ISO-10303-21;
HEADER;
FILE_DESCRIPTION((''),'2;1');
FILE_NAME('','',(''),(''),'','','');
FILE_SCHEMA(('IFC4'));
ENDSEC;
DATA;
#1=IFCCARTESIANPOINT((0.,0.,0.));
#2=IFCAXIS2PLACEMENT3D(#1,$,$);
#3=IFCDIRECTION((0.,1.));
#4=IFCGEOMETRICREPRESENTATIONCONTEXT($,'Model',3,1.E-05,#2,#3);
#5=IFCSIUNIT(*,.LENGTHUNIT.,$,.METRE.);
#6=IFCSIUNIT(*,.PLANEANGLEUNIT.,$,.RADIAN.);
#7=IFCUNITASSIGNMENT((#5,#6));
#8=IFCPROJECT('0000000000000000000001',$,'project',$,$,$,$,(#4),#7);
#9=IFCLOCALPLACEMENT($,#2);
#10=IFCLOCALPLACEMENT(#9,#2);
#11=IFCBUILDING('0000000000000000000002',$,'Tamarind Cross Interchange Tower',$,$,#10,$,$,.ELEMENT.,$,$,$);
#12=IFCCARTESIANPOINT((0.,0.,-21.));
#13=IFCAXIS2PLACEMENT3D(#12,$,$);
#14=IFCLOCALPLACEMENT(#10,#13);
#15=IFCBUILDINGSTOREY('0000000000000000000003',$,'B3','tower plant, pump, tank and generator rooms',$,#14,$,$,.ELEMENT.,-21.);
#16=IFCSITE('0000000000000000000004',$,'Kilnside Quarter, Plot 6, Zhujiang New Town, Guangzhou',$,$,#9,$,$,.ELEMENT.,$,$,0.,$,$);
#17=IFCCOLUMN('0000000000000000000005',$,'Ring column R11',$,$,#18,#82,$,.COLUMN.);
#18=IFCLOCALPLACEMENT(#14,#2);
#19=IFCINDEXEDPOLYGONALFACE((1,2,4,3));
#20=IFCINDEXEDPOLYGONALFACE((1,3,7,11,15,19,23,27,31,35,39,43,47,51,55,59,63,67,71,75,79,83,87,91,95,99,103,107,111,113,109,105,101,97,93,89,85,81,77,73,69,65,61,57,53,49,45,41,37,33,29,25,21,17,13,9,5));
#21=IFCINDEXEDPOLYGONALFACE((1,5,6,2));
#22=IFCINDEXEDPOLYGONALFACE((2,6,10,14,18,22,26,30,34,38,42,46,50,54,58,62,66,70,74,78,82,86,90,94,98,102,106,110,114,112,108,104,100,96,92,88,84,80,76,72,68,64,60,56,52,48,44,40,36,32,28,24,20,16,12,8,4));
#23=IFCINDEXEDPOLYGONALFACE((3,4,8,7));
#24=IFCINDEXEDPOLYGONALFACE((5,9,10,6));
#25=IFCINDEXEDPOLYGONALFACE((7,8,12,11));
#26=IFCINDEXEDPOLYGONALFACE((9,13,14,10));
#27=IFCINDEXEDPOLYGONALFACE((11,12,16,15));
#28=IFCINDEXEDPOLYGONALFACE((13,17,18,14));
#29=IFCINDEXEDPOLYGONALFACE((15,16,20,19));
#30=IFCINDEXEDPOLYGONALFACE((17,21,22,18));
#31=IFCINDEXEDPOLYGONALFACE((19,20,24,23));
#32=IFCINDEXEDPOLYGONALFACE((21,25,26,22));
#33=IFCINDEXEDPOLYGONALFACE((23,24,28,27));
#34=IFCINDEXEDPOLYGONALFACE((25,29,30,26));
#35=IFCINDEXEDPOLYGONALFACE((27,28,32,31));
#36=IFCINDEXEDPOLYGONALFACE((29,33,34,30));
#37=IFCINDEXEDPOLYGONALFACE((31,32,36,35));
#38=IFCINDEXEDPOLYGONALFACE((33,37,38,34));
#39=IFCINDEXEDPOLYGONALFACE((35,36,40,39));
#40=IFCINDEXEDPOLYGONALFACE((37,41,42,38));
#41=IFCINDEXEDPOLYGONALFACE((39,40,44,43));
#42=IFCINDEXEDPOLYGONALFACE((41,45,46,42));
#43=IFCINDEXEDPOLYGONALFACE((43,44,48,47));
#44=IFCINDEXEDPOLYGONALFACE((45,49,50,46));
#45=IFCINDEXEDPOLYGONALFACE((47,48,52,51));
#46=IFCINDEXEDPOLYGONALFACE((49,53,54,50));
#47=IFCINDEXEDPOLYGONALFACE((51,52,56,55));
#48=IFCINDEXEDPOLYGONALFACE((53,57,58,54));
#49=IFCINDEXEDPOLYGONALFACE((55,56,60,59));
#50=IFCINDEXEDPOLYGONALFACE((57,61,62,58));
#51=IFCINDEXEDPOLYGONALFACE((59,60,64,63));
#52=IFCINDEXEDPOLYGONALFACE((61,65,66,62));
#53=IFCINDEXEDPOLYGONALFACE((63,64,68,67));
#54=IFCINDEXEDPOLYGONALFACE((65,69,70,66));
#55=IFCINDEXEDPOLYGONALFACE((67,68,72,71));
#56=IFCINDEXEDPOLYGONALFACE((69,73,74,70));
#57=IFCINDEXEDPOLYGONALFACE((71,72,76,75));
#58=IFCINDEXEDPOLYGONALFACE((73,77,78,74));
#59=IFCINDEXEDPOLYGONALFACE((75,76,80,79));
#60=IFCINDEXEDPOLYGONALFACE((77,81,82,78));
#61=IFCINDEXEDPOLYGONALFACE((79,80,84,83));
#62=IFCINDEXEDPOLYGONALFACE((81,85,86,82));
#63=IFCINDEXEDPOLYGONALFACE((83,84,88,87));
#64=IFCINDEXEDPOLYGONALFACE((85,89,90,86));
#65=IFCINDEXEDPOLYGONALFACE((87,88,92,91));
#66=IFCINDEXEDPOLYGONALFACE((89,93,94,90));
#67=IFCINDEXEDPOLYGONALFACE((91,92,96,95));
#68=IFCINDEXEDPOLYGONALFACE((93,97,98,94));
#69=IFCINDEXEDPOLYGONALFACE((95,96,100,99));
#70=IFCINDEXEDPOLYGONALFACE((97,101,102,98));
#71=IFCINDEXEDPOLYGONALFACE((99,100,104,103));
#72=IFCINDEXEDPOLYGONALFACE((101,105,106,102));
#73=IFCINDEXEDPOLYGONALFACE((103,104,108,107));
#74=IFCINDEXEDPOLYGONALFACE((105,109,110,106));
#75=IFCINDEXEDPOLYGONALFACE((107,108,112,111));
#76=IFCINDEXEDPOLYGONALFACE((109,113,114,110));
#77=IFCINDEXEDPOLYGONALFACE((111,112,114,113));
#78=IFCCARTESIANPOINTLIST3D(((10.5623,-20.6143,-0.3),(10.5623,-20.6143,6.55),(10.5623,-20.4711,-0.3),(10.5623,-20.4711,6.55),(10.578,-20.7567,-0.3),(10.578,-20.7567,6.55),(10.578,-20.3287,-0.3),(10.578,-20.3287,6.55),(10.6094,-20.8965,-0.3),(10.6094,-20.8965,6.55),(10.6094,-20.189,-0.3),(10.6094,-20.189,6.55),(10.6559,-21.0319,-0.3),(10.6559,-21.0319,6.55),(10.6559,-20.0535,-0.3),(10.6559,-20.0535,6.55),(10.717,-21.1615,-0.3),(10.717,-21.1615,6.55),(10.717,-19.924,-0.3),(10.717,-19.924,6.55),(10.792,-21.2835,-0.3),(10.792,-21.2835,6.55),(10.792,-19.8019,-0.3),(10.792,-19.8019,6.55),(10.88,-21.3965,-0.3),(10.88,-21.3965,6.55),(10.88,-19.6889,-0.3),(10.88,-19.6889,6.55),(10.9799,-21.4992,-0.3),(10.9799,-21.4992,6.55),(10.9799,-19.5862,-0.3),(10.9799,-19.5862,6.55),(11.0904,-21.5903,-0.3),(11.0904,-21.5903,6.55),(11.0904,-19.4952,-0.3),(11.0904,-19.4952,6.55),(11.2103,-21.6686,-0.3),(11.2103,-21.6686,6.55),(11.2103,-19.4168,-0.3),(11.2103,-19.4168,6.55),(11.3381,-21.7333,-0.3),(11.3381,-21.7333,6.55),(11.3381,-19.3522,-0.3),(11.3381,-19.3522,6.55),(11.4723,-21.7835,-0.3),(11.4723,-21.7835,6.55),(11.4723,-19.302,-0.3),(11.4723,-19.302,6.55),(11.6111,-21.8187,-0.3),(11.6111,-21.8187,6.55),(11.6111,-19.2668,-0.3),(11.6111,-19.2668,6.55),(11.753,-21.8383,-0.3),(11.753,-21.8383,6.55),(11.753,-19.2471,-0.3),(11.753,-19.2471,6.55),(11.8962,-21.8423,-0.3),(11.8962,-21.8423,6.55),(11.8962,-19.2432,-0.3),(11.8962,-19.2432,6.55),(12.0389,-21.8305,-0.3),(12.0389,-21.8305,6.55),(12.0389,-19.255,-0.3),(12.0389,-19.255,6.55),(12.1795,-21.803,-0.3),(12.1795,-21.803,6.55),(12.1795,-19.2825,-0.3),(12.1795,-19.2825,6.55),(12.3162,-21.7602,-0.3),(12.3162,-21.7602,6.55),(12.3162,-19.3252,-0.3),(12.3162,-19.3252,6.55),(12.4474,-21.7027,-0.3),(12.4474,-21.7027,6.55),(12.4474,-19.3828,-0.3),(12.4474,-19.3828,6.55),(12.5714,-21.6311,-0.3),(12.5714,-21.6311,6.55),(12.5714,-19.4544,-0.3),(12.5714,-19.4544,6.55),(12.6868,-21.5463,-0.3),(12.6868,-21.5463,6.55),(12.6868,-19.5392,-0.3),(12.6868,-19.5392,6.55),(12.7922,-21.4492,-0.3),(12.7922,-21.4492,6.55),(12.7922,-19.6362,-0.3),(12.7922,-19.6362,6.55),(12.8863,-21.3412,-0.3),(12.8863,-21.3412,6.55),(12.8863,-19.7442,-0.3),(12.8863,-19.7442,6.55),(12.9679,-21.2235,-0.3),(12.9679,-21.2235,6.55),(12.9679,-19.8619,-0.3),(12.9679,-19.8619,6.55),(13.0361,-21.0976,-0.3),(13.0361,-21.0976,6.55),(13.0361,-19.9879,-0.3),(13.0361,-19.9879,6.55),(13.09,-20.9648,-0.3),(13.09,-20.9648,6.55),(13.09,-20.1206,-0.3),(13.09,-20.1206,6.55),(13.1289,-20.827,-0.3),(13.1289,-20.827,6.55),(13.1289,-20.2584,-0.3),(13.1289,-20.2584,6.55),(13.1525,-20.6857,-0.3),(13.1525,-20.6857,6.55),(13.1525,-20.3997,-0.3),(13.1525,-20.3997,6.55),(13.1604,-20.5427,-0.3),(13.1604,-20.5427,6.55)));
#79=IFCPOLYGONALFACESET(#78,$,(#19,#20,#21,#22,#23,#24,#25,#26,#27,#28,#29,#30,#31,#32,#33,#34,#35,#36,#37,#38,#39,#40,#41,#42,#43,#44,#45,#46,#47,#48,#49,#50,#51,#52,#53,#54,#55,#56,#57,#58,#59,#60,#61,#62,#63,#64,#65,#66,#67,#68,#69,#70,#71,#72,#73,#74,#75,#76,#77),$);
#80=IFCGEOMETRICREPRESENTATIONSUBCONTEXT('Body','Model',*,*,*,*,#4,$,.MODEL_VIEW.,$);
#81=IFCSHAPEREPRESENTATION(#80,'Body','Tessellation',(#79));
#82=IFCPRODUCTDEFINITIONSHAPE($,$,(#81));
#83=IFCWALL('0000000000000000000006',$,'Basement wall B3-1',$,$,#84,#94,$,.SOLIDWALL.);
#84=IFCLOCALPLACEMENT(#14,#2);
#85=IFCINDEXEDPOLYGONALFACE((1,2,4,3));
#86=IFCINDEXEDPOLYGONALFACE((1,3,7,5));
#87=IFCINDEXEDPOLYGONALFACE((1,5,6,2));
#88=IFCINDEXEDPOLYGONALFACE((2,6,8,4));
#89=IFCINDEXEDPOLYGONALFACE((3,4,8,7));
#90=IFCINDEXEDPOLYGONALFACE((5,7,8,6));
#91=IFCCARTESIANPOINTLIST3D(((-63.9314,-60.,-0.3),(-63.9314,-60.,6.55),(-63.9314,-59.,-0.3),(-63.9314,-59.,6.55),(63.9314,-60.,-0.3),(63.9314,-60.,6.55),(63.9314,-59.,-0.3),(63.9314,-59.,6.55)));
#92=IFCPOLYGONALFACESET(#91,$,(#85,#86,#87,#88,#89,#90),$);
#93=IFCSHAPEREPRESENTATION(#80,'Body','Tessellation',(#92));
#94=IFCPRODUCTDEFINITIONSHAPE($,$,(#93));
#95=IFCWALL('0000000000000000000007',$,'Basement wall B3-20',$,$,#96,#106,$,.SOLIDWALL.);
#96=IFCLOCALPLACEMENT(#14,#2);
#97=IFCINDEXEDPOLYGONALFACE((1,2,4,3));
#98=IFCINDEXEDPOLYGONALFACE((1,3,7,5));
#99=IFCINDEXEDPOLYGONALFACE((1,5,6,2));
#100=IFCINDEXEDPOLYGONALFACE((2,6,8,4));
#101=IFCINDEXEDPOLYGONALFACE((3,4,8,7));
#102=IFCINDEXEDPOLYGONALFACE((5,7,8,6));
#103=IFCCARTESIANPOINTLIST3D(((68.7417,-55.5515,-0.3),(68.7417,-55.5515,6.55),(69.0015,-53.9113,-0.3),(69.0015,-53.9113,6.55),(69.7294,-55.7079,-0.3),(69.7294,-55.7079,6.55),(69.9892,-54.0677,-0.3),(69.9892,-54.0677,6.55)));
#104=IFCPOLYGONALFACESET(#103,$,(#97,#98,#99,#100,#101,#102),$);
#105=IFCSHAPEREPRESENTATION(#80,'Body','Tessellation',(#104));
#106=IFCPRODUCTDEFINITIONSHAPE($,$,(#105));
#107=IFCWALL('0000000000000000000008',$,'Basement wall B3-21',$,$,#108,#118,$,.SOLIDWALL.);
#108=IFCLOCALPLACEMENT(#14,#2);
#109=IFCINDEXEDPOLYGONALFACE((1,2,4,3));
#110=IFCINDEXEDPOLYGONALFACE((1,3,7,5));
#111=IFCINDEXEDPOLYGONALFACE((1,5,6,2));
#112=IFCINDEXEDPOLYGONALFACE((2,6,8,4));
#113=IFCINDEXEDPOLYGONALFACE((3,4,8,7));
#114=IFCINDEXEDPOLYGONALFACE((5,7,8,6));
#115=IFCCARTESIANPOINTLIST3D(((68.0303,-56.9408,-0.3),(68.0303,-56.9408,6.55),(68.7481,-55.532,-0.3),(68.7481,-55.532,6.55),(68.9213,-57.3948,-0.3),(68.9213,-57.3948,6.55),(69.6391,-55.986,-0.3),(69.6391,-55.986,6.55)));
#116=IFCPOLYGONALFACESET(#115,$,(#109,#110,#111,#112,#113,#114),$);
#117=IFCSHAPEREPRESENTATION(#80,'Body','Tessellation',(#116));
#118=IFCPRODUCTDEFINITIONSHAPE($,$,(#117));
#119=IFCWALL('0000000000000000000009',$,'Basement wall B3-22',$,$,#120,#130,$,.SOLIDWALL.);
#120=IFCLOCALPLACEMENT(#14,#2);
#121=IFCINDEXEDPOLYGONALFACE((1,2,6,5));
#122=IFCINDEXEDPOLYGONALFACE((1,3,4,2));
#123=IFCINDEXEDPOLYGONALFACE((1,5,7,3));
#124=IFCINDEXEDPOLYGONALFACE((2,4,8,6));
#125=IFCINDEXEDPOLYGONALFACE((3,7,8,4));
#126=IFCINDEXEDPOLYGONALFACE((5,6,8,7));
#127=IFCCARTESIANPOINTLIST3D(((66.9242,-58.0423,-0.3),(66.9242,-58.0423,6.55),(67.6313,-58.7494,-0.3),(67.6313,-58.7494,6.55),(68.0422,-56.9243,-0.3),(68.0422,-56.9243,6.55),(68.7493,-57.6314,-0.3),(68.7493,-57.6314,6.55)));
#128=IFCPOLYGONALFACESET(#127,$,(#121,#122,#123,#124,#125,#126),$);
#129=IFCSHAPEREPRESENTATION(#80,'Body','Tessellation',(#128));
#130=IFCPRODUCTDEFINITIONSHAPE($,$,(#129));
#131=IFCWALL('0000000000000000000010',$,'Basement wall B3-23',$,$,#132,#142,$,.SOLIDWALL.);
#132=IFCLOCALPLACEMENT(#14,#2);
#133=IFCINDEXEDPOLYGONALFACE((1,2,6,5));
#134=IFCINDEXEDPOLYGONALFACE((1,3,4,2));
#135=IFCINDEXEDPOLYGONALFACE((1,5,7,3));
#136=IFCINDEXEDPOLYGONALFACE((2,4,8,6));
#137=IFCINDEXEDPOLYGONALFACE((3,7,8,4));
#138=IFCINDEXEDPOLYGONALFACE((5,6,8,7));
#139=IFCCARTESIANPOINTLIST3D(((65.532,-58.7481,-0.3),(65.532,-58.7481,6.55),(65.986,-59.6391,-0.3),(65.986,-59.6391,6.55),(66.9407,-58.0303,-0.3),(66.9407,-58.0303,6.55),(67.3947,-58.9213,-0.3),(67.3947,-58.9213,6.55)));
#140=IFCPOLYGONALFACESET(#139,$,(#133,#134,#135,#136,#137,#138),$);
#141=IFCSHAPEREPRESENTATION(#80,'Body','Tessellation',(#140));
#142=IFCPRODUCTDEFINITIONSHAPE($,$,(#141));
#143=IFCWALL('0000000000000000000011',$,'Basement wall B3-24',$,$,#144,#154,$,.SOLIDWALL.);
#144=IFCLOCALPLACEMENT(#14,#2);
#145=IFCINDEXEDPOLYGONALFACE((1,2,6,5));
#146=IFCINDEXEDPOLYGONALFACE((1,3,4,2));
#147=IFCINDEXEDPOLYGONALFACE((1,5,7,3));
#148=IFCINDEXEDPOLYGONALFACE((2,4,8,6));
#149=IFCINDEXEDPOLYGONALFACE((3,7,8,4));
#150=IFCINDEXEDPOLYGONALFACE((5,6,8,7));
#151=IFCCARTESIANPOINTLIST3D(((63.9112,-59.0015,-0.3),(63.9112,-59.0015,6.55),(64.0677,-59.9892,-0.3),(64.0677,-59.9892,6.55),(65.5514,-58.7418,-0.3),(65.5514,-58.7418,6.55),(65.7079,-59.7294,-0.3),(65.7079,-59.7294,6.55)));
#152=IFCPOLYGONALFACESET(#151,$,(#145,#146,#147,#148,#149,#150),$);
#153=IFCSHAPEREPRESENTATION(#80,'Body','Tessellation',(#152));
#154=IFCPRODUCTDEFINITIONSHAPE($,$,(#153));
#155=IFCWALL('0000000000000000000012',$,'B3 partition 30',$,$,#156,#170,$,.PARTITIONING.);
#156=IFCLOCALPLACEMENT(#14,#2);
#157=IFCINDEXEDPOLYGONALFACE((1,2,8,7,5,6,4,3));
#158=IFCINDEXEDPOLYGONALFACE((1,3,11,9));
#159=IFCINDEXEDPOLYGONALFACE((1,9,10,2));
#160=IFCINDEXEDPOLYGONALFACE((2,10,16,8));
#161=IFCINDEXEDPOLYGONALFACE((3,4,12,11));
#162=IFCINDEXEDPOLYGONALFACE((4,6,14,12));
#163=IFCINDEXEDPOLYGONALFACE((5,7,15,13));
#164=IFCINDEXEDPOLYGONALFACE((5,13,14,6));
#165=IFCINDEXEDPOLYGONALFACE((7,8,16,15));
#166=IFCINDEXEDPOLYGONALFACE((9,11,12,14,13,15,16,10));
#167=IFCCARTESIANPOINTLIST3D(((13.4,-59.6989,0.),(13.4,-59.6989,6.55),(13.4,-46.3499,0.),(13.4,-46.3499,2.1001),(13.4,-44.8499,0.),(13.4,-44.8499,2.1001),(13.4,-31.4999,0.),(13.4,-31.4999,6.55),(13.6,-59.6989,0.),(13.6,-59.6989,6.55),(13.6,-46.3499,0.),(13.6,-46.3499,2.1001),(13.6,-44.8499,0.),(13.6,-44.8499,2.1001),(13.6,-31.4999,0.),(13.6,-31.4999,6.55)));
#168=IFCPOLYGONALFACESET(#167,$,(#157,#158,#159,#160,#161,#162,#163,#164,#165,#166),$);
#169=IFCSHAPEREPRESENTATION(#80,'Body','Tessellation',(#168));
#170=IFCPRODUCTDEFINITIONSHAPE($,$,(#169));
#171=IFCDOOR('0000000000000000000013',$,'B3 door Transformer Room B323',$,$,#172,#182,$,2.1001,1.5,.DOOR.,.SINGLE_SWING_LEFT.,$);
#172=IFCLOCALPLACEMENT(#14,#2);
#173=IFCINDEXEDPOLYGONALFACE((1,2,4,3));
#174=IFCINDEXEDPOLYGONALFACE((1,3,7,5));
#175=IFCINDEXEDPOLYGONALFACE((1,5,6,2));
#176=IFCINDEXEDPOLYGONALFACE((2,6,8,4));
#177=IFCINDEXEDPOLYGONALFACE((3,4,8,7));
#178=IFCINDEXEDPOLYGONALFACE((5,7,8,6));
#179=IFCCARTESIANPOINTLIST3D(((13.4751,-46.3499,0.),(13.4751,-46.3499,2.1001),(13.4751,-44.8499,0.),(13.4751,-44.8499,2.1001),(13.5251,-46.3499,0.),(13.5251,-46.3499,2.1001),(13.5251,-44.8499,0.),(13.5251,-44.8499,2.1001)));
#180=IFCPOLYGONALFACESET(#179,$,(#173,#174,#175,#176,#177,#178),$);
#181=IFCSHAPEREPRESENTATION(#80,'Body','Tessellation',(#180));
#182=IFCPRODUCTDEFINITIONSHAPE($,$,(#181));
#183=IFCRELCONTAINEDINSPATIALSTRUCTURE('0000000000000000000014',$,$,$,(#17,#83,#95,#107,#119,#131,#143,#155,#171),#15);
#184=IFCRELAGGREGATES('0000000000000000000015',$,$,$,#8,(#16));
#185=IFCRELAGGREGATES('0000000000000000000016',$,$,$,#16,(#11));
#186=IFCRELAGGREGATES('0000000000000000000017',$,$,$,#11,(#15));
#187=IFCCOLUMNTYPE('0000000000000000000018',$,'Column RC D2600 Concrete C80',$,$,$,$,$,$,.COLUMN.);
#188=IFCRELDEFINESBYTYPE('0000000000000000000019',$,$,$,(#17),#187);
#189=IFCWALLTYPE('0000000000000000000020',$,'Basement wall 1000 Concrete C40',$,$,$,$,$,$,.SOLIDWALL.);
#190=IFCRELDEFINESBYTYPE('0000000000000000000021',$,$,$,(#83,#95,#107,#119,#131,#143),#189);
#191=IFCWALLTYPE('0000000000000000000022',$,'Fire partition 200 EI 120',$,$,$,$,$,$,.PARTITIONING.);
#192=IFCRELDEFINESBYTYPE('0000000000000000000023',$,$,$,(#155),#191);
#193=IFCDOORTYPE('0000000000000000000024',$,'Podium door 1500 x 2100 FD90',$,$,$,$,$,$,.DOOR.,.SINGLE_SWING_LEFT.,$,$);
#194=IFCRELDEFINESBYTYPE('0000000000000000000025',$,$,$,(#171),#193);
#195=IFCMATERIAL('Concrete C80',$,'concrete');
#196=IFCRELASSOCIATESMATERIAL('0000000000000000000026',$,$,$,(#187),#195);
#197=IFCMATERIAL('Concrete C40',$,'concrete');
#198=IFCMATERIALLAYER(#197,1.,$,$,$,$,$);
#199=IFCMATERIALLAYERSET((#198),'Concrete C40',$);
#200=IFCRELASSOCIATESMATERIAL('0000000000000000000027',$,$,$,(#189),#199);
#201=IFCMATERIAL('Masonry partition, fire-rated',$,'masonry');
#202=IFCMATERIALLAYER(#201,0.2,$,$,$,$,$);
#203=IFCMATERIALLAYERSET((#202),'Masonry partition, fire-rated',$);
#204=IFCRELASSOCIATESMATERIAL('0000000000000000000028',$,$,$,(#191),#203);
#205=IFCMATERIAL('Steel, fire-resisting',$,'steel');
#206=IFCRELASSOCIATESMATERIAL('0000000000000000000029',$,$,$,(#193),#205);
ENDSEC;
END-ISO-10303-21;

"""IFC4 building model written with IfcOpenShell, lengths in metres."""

from ifc_helpers import new_model, si_unit, direction, frame, frame_2d, origin, origin_2d, place, context, subcontext, project, spatial, rectangle, circle, extrude, material, layer, layer_set, material_profile, profile_set, type_object, element, fill, save


model = new_model("IFC4")

# Units and contexts
model_context = context("Model", 3, precision=1e-05, world=origin(), true_north=direction((0.0, 1.0)))
body_context = subcontext(model_context, "Body", "Model", "MODEL_VIEW")
ifc_project = project(units=[si_unit("LENGTHUNIT", "METRE"), si_unit("PLANEANGLEUNIT", "RADIAN")], contexts=[model_context])

# Site, building, storey
site_placement = place(None, origin())
site = spatial("IfcSite", under=ifc_project, at=site_placement, Name="Kilnside Quarter, Plot 6, Zhujiang New Town, Guangzhou", CompositionType="ELEMENT", RefElevation=0.0)
building_placement = place(site_placement, origin())
building = spatial("IfcBuilding", under=site, at=building_placement, Name="Tamarind Cross Interchange Tower", CompositionType="ELEMENT")
storey_placement = place(building_placement, frame((0.0, 0.0, -21.0)))
storey = spatial("IfcBuildingStorey", under=building, at=storey_placement, Name="B3", Description="tower plant, pump, tank and generator rooms", CompositionType="ELEMENT", Elevation=-21.0)

# Column
ifc_material_1 = material(Name="Concrete C80", Category="concrete")
ifc_material_profile_1 = material_profile(ifc_material_1, circle(Radius=1.3, at=origin_2d()), Name="RC D2600")
ifc_profile_set_1 = profile_set([ifc_material_profile_1], Name="Concrete C80")
column_type_1 = type_object("IfcColumnType", Name="Column RC D2600 Concrete C80", PredefinedType="COLUMN", material=ifc_profile_set_1)
column_placement = place(storey_placement, frame((11.8604, -20.5427, -0.3), z_axis=(0.0, 0.0, 1.0), x_axis=(1.0, 0.0, 0.0)))
element("IfcColumn", 1, at=column_placement, inside=storey, type_object=column_type_1, Name="Ring column R11", PredefinedType="COLUMN", context=body_context, shape_type="SweptSolid", body=[
    extrude(circle(Radius=1.3, at=origin_2d()), origin(), (0.0, 0.0, 1.0), 6.8501),
])

# Walls
ifc_material_2 = material(Name="Concrete C40", Category="concrete")
ifc_layer_1 = layer(ifc_material_2, 1.0)
ifc_layer_set_1 = layer_set([ifc_layer_1], Name="Concrete C40")
wall_type_1 = type_object("IfcWallType", Name="Basement wall 1000 Concrete C40", PredefinedType="SOLIDWALL", material=ifc_layer_set_1)
wall_1_placement = place(storey_placement, frame((63.9314, -59.5, -0.3), z_axis=(0.0, 0.0, 1.0), x_axis=(-1.0, 0.0, 0.0)))
element("IfcWall", 2, at=wall_1_placement, inside=storey, type_object=wall_type_1, Name="Basement wall B3-1", PredefinedType="SOLIDWALL", context=body_context, shape_type="SweptSolid", body=[
    extrude(rectangle(XDim=127.8628, YDim=1.0, at=frame_2d((63.9314, 0.0))), origin(), (0.0, 0.0, 1.0), 6.8501),
])
wall_2_placement = place(storey_placement, frame((69.4954, -53.9895, -0.3), z_axis=(0.0, 0.0, 1.0), x_axis=(-0.156431, -0.987689, 0.0)))
element("IfcWall", 3, at=wall_2_placement, inside=storey, type_object=wall_type_1, Name="Basement wall B3-20", PredefinedType="SOLIDWALL", context=body_context, shape_type="SweptSolid", body=[
    extrude(rectangle(XDim=1.6606, YDim=1.0, at=frame_2d((0.8303, 0.0))), origin(), (0.0, 0.0, 1.0), 6.8501),
])
for number, where, z_axis, x_axis, name in (
    (4, (69.1936, -55.759, -0.3), (0.0, 0.0, 1.0), (-0.453995, -0.891004, 0.0), "Basement wall B3-21"),
    (5, (68.3958, -57.2778, -0.3), (0.0, 0.0, 1.0), (-0.707107, -0.707107, 0.0), "Basement wall B3-22"),
    (6, (67.1677, -58.4758, -0.3), (0.0, 0.0, 1.0), (-0.891004, -0.453995, 0.0), "Basement wall B3-23"),
):
    element("IfcWall", number, at=place(storey_placement, frame(where, z_axis=z_axis, x_axis=x_axis)), inside=storey, type_object=wall_type_1, Name=name, PredefinedType="SOLIDWALL", context=body_context, shape_type="SweptSolid", body=[
        extrude(rectangle(XDim=1.5811, YDim=1.0, at=frame_2d((0.7905, 0.0))), origin(), (0.0, 0.0, 1.0), 6.8501),
    ])
wall_3_placement = place(storey_placement, frame((65.6296, -59.2356, -0.3), z_axis=(0.0, 0.0, 1.0), x_axis=(-0.987689, -0.156431, 0.0)))
element("IfcWall", 7, at=wall_3_placement, inside=storey, type_object=wall_type_1, Name="Basement wall B3-24", PredefinedType="SOLIDWALL", context=body_context, shape_type="SweptSolid", body=[
    extrude(rectangle(XDim=1.6606, YDim=1.0, at=frame_2d((0.8303, 0.0))), origin(), (0.0, 0.0, 1.0), 6.8501),
])

# Wall, opening, door
ifc_material_3 = material(Name="Masonry partition, fire-rated", Category="masonry")
ifc_layer_2 = layer(ifc_material_3, 0.2)
ifc_layer_set_2 = layer_set([ifc_layer_2], Name="Masonry partition, fire-rated")
wall_type_2 = type_object("IfcWallType", Name="Fire partition 200 EI 120", PredefinedType="PARTITIONING", material=ifc_layer_set_2)
wall_4_placement = place(storey_placement, frame((13.5, -59.699, 0.0), z_axis=(0.0, 0.0, 1.0), x_axis=(0.0, 1.0, 0.0)))
wall_4 = element("IfcWall", 8, at=wall_4_placement, inside=storey, type_object=wall_type_2, Name="B3 partition 30", PredefinedType="PARTITIONING", context=body_context, shape_type="SweptSolid", body=[
    extrude(rectangle(XDim=28.199, YDim=0.2, at=frame_2d((14.0996, 0.0))), origin(), (0.0, 0.0, 1.0), 6.55),
])
opening_1_placement = place(wall_4_placement, frame((13.3491, 0.0, 0.0)))
opening_1 = element("IfcOpeningElement", 9, at=opening_1_placement, cuts=wall_4, PredefinedType="OPENING", context=body_context, shape_type="SweptSolid", body=[
    extrude(rectangle(XDim=1.5, YDim=2.1001, at=frame_2d((0.75, 1.05))), frame((0.0, 0.1099, 0.0), z_axis=(0.0, -1.0, 0.0), x_axis=(1.0, 0.0, 0.0)), (0.0, 0.0, 1.0), 0.22),
])
ifc_material_4 = material(Name="Steel, fire-resisting", Category="steel")
door_type = type_object("IfcDoorType", Name="Podium door 1500 x 2100 FD90", OperationType="SINGLE_SWING_LEFT", PredefinedType="DOOR", material=ifc_material_4)
door_1_placement = place(opening_1_placement, origin())
door_1 = element("IfcDoor", 10, at=door_1_placement, inside=storey, type_object=door_type, Name="B3 door Transformer Room B323", OperationType="SINGLE_SWING_LEFT", OverallHeight=2.1001, OverallWidth=1.5, PredefinedType="DOOR", context=body_context, shape_type="SweptSolid", body=[
    extrude(rectangle(XDim=1.5, YDim=2.1001, at=frame_2d((0.75, 1.05))), frame((0.0, 0.0249, 0.0), z_axis=(0.0, -1.0, 0.0), x_axis=(1.0, 0.0, 0.0)), (0.0, 0.0, 1.0), 0.05),
])
fill(opening_1, door_1)

save(model, "model.ifc")
